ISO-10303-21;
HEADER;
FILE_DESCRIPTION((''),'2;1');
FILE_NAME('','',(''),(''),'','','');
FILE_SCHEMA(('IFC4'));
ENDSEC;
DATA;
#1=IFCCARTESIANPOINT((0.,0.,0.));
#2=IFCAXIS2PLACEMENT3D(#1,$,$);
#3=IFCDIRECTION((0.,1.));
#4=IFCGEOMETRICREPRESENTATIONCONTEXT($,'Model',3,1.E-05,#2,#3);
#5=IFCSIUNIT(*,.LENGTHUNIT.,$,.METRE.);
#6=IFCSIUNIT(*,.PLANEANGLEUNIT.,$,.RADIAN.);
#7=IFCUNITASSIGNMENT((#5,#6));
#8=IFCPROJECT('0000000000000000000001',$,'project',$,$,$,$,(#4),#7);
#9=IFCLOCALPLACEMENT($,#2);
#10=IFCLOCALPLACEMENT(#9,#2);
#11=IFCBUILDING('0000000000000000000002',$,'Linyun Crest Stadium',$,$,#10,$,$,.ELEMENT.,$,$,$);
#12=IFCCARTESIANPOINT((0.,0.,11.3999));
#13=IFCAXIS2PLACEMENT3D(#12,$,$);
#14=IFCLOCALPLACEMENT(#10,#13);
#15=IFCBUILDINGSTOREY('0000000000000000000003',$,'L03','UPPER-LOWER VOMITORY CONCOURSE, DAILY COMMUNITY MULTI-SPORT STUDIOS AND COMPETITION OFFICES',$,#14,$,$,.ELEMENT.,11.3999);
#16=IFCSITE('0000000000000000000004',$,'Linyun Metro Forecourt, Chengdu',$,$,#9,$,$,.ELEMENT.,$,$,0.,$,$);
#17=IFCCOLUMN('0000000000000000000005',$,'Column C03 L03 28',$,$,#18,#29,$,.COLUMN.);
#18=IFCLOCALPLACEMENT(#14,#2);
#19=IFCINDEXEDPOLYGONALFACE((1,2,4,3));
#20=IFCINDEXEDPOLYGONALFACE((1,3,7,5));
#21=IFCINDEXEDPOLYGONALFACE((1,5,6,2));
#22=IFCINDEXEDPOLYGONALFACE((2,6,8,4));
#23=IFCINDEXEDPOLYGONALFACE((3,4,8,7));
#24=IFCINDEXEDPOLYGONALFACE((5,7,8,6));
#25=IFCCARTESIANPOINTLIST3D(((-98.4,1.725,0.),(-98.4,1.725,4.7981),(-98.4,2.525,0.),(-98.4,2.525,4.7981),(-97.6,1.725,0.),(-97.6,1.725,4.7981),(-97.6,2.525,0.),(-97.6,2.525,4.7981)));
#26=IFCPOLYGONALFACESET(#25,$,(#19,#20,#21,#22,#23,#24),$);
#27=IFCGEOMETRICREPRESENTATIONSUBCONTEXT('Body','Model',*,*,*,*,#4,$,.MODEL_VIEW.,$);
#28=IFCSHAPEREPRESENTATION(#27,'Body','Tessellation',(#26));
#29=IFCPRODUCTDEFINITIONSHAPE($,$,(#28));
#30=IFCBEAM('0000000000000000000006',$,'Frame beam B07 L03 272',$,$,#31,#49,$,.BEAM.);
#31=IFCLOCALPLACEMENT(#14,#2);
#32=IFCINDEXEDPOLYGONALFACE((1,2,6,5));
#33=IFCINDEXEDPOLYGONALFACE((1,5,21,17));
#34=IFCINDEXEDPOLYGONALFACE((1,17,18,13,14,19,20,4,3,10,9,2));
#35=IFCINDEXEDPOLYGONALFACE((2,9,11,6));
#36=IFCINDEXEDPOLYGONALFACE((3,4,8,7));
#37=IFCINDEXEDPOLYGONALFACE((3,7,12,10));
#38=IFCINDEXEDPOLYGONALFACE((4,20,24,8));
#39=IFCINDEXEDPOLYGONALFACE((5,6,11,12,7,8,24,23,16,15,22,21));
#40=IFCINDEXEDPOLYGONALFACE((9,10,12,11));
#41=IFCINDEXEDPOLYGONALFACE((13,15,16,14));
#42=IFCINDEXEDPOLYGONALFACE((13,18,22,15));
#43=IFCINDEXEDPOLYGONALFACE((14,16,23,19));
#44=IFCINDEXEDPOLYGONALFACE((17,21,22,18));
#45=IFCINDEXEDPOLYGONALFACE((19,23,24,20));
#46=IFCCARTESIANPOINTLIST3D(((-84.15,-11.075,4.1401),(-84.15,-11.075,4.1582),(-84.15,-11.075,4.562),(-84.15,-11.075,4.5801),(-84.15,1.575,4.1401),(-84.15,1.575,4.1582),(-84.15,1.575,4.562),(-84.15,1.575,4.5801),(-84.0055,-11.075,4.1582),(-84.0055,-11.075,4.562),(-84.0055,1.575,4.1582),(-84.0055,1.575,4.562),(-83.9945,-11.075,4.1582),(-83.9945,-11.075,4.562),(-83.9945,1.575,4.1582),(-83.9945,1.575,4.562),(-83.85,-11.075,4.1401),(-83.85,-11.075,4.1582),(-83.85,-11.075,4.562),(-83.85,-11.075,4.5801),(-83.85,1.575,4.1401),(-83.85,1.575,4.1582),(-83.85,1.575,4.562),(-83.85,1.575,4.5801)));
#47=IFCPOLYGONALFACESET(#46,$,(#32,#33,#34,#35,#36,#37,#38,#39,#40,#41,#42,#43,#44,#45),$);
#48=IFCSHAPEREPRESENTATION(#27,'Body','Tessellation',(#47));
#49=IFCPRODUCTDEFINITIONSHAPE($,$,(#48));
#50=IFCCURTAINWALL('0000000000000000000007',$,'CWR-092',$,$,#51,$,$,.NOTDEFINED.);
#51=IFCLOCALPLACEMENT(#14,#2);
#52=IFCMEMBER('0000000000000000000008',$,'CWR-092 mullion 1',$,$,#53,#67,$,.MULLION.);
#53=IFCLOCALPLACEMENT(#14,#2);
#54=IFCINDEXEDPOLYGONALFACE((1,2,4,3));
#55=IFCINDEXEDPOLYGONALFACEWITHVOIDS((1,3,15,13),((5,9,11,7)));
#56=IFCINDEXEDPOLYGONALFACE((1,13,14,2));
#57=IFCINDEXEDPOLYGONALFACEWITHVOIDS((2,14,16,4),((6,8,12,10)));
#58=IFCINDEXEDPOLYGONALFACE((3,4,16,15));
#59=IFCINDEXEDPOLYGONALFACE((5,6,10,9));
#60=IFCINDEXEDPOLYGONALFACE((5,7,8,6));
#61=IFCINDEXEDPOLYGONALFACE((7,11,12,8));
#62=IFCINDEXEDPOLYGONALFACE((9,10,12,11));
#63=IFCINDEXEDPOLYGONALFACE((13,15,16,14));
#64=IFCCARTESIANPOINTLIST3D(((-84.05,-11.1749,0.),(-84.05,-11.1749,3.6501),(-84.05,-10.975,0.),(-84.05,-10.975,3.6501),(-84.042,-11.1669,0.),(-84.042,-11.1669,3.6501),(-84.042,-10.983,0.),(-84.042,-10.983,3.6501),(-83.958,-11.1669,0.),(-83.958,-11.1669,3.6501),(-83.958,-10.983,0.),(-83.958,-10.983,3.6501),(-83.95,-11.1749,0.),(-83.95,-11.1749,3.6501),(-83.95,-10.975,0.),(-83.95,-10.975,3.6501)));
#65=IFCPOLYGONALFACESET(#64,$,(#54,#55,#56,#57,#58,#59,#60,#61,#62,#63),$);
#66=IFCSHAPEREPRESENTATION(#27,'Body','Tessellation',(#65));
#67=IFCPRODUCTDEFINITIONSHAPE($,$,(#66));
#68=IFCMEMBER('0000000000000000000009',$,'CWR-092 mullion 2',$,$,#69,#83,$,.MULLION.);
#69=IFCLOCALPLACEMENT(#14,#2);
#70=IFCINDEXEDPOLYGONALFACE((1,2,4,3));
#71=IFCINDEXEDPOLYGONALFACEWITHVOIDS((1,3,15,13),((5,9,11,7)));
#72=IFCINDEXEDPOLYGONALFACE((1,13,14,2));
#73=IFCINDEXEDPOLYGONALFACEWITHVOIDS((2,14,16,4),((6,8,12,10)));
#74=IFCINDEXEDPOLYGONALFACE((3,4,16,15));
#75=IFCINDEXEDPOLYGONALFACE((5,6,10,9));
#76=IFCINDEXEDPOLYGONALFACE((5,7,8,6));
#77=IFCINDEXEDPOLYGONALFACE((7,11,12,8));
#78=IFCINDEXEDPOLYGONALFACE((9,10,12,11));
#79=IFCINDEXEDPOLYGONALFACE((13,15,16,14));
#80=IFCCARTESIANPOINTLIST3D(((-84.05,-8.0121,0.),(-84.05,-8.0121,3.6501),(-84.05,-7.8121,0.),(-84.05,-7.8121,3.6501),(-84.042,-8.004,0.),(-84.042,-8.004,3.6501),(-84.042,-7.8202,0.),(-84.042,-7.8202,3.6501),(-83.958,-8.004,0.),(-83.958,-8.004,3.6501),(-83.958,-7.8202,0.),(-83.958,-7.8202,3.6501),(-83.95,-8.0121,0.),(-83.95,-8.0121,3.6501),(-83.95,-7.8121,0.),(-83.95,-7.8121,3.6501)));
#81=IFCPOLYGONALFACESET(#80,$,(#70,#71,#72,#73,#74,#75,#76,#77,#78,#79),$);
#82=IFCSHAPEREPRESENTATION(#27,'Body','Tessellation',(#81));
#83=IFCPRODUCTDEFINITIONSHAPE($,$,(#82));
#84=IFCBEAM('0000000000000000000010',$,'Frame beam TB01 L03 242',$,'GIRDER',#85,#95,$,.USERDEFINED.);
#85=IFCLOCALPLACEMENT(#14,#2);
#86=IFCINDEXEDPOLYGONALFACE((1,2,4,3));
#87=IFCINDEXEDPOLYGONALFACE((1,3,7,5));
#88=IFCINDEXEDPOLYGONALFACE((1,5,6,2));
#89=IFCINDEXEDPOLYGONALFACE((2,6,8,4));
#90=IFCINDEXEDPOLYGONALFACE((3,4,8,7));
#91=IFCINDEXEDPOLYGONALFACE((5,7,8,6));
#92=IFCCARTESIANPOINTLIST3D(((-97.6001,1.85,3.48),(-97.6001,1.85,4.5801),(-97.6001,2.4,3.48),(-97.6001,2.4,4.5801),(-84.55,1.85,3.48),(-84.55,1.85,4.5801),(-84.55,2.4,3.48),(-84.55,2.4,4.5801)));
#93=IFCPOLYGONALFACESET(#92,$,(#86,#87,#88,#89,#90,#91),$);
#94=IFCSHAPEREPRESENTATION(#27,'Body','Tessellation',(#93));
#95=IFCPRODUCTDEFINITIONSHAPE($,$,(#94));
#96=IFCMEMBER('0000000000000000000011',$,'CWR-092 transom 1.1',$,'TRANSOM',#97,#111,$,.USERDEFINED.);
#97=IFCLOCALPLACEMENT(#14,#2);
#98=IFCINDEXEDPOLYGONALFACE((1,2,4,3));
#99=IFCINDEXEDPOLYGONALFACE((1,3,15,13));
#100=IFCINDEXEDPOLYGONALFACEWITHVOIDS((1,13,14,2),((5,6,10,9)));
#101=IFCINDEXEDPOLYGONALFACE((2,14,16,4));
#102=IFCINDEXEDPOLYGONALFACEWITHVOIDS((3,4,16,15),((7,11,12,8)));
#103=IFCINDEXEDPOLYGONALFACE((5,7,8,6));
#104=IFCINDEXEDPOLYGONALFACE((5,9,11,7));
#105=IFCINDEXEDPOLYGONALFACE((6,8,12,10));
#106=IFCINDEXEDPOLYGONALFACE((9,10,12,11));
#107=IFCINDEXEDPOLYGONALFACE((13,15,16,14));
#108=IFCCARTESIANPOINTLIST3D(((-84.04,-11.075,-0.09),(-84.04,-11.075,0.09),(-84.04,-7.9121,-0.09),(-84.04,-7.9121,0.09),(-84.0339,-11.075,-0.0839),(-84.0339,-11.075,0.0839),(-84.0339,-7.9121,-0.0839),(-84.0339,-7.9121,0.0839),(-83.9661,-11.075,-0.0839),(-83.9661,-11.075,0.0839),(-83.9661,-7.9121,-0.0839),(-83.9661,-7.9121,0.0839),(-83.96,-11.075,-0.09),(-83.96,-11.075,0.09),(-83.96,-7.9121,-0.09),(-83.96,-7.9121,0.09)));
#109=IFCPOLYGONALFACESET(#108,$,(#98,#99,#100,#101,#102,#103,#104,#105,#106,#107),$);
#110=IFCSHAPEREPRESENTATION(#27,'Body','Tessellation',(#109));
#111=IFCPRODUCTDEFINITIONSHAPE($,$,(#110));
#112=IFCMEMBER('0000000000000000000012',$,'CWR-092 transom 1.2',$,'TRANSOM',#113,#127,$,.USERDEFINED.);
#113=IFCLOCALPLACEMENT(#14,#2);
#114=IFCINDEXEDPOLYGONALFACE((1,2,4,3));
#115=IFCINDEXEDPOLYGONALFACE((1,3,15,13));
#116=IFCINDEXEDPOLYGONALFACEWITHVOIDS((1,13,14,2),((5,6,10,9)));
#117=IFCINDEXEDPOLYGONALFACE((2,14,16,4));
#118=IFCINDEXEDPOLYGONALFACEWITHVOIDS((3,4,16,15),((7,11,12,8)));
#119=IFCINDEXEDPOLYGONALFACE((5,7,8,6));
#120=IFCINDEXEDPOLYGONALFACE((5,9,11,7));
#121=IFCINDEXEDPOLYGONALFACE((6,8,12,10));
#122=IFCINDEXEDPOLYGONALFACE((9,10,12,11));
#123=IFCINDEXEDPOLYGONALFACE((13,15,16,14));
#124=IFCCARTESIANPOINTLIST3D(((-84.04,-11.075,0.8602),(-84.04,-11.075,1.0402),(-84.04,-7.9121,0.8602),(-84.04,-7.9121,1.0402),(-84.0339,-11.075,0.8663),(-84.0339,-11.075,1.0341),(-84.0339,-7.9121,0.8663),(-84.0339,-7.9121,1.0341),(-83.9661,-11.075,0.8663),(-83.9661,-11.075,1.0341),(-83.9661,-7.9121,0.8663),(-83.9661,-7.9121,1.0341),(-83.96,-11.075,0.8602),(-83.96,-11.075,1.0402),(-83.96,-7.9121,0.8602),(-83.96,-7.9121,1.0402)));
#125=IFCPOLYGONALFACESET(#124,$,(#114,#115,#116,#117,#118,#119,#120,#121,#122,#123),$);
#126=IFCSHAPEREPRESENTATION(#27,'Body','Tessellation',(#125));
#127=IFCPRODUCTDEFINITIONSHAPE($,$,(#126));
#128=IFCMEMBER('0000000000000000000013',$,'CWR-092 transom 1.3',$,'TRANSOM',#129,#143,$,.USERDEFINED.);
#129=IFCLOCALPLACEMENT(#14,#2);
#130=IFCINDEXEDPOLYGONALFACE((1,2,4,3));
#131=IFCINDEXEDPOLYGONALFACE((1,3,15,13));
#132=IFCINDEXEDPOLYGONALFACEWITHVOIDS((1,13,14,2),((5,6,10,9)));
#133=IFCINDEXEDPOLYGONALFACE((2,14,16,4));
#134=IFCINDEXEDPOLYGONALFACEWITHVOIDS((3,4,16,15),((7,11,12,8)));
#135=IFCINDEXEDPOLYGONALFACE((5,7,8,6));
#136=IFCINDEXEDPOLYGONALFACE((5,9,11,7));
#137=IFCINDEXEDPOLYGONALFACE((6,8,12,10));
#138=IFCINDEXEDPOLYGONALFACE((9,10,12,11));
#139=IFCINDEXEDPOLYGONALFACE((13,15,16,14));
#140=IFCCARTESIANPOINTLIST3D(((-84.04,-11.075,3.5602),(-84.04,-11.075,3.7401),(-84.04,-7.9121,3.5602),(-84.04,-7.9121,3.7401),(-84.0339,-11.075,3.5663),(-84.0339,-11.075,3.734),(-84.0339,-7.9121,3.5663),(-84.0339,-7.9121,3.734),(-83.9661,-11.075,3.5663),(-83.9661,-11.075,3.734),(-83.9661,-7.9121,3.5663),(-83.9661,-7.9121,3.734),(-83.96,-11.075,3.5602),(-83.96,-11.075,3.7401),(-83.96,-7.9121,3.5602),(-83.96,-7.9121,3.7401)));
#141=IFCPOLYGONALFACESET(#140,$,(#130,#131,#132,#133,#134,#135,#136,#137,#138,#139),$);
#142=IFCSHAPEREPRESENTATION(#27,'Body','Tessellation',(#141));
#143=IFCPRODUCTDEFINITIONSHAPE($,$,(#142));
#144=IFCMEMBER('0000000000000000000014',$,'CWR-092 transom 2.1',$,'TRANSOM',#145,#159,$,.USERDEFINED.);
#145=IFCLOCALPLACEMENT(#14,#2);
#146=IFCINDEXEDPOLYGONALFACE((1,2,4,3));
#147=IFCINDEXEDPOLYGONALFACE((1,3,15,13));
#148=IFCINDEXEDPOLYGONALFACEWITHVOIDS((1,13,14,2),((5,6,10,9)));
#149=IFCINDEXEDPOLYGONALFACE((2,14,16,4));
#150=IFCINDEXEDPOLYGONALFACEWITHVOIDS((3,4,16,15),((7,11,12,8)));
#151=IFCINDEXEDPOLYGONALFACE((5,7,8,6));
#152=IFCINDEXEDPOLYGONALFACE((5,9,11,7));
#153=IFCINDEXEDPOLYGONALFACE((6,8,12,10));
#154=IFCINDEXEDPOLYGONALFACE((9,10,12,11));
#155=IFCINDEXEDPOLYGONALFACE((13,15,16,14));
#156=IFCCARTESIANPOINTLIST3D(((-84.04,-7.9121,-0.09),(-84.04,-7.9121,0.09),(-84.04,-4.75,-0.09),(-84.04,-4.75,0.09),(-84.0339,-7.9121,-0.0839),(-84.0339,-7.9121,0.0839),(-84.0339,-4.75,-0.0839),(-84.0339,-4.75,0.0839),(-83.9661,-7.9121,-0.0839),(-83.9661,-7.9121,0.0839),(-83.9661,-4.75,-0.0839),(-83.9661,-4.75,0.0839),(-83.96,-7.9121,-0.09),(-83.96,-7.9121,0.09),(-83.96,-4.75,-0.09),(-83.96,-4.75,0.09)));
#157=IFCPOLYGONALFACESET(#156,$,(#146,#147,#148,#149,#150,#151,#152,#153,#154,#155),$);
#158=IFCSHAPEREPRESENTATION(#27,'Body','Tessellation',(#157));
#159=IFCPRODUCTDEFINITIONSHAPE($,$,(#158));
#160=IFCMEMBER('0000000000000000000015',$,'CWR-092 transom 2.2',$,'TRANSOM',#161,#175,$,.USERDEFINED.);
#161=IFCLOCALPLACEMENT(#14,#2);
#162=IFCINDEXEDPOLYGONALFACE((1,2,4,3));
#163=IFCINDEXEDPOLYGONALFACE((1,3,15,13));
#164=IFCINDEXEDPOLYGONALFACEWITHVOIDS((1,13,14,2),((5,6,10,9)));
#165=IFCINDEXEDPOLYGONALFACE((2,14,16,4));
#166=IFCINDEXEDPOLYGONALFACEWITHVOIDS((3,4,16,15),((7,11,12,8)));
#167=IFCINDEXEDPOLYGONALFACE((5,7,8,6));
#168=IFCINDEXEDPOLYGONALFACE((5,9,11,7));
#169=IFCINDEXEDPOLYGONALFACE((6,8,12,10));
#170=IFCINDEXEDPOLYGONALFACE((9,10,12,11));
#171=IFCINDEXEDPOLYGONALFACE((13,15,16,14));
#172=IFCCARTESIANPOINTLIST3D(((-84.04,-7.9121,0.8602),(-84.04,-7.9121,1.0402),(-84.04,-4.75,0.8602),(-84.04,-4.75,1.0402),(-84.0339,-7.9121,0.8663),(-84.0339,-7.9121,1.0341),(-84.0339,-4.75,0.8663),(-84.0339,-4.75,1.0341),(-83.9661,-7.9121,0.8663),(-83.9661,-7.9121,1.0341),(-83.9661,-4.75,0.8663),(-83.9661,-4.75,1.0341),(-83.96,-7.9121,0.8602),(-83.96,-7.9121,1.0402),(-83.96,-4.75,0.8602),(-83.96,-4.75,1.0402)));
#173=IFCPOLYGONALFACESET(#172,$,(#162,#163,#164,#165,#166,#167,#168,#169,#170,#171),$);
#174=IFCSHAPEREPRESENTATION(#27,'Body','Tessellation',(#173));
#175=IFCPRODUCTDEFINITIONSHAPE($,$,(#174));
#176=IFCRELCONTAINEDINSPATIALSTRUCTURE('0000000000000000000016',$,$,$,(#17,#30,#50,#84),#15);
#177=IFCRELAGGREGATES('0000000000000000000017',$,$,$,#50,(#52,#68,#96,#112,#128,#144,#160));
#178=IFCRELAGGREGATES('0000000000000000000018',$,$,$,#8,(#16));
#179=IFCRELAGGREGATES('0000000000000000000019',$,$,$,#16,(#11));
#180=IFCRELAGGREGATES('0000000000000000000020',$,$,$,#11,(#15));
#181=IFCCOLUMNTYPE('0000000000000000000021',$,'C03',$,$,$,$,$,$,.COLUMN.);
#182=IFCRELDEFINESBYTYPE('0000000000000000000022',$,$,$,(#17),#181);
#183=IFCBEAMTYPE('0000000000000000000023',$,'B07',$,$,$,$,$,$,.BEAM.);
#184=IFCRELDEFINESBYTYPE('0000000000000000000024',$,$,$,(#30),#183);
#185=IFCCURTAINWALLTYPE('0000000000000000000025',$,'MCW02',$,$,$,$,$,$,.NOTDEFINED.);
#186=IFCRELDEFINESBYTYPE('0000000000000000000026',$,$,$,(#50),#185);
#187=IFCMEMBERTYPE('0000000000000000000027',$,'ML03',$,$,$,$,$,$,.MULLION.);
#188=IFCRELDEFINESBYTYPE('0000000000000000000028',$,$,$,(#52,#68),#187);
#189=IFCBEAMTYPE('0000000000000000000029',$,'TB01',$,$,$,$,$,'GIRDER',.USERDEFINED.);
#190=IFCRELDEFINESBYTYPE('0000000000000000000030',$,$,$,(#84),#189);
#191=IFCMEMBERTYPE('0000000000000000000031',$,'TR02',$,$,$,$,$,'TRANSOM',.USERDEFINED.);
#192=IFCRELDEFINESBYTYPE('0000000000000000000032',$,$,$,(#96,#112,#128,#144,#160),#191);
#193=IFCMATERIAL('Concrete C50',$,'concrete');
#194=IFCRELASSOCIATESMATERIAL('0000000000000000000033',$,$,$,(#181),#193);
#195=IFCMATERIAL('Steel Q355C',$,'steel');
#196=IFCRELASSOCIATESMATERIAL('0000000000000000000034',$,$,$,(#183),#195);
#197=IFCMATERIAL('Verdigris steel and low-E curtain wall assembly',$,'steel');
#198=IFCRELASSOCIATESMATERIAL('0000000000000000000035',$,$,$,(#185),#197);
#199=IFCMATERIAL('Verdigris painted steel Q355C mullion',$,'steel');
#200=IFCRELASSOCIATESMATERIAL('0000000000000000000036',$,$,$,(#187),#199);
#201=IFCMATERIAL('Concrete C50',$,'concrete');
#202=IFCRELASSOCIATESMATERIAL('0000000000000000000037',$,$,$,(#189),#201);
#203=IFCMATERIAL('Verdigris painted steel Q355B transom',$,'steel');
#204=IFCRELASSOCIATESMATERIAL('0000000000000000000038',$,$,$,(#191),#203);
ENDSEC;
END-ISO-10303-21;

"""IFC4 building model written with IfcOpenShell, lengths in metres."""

from ifc_helpers import new_model, si_unit, direction, frame, origin, origin_2d, place, context, subcontext, project, spatial, rectangle, hollow_rectangle, i_section, extrude, material, material_profile, profile_set, type_object, element, aggregate, save


model = new_model("IFC4")

# Units and contexts
model_context = context("Model", 3, precision=1e-05, world=origin(), true_north=direction((0.0, 1.0)))
body_context = subcontext(model_context, "Body", "Model", "MODEL_VIEW")
ifc_project = project(units=[si_unit("LENGTHUNIT", "METRE"), si_unit("PLANEANGLEUNIT", "RADIAN")], contexts=[model_context])

# Site, building, storey
site_placement = place(None, origin())
site = spatial("IfcSite", under=ifc_project, at=site_placement, Name="Linyun Metro Forecourt, Chengdu", CompositionType="ELEMENT", RefElevation=0.0)
building_placement = place(site_placement, origin())
building = spatial("IfcBuilding", under=site, at=building_placement, Name="Linyun Crest Stadium", CompositionType="ELEMENT")
storey_placement = place(building_placement, frame((0.0, 0.0, 11.3999)))
storey = spatial("IfcBuildingStorey", under=building, at=storey_placement, Name="L03", Description="UPPER-LOWER VOMITORY CONCOURSE, DAILY COMMUNITY MULTI-SPORT STUDIOS AND COMPETITION OFFICES", CompositionType="ELEMENT", Elevation=11.3999)

# Column
ifc_material_1 = material(Name="Concrete C50", Category="concrete")
ifc_material_profile_1 = material_profile(ifc_material_1, rectangle(XDim=0.8, YDim=0.8, at=origin_2d()), Name="RC 800x800")
ifc_profile_set_1 = profile_set([ifc_material_profile_1], Name="Concrete C50")
column_type = type_object("IfcColumnType", Name="C03", PredefinedType="COLUMN", material=ifc_profile_set_1)
column_placement = place(storey_placement, frame((-98.0, 2.125, 0.0), z_axis=(0.0, 0.0, 1.0), x_axis=(1.0, 0.0, 0.0)))
element("IfcColumn", 1, at=column_placement, inside=storey, type_object=column_type, Name="Column C03 L03 28", PredefinedType="COLUMN", context=body_context, shape_type="SweptSolid", body=[
    extrude(rectangle(XDim=0.8, YDim=0.8, at=origin_2d()), origin(), (0.0, 0.0, 1.0), 4.7981),
])

# Beam
ifc_material_2 = material(Name="Steel Q355C", Category="steel")
ifc_material_profile_2 = material_profile(ifc_material_2, i_section(OverallWidth=0.3, OverallDepth=0.4399, WebThickness=0.011, FlangeThickness=0.0181, at=origin_2d()), Name="HM 440x300")
ifc_profile_set_2 = profile_set([ifc_material_profile_2], Name="Steel Q355C")
beam_type_1 = type_object("IfcBeamType", Name="B07", PredefinedType="BEAM", material=ifc_profile_set_2)
beam_1_placement = place(storey_placement, frame((-84.0, -11.075, 4.3601), z_axis=(0.0, 1.0, 0.0), x_axis=(-1.0, 0.0, 0.0)))
element("IfcBeam", 2, at=beam_1_placement, inside=storey, type_object=beam_type_1, Name="Frame beam B07 L03 272", PredefinedType="BEAM", context=body_context, shape_type="SweptSolid", body=[
    extrude(i_section(OverallWidth=0.3, OverallDepth=0.4399, WebThickness=0.011, FlangeThickness=0.0181, at=origin_2d()), origin(), (0.0, 0.0, 1.0), 12.6499),
])

# Curtain wall, members
ifc_material_3 = material(Name="Verdigris steel and low-E curtain wall assembly", Category="steel")
curtain_wall_type = type_object("IfcCurtainWallType", Name="MCW02", PredefinedType="NOTDEFINED", material=ifc_material_3)
curtain_wall_placement = place(storey_placement, origin())
curtain_wall = element("IfcCurtainWall", 3, at=curtain_wall_placement, inside=storey, type_object=curtain_wall_type, Name="CWR-092", PredefinedType="NOTDEFINED")
ifc_material_4 = material(Name="Verdigris painted steel Q355C mullion", Category="steel")
ifc_material_profile_3 = material_profile(ifc_material_4, hollow_rectangle(XDim=0.1001, YDim=0.2, WallThickness=0.0081, at=origin_2d()), Name="RHS 200x100x8")
ifc_profile_set_3 = profile_set([ifc_material_profile_3], Name="Verdigris painted steel Q355C mullion")
member_type_1 = type_object("IfcMemberType", Name="ML03", PredefinedType="MULLION", material=ifc_profile_set_3)
member_1_placement = place(storey_placement, frame((-84.0, -11.075, 0.0), z_axis=(0.0, 0.0, 1.0), x_axis=(-1.0, 0.0, 0.0)))
member_1 = element("IfcMember", 4, at=member_1_placement, type_object=member_type_1, Name="CWR-092 mullion 1", PredefinedType="MULLION", context=body_context, shape_type="SweptSolid", body=[
    extrude(hollow_rectangle(XDim=0.1001, YDim=0.2, WallThickness=0.0081, at=origin_2d()), origin(), (0.0, 0.0, 1.0), 3.6501),
])
member_2_placement = place(storey_placement, frame((-84.0, -7.9121, 0.0), z_axis=(0.0, 0.0, 1.0), x_axis=(-1.0, 0.0, 0.0)))
member_2 = element("IfcMember", 5, at=member_2_placement, type_object=member_type_1, Name="CWR-092 mullion 2", PredefinedType="MULLION", context=body_context, shape_type="SweptSolid", body=[
    extrude(hollow_rectangle(XDim=0.1001, YDim=0.2, WallThickness=0.0081, at=origin_2d()), origin(), (0.0, 0.0, 1.0), 3.6501),
])

# Beam
ifc_material_5 = material(Name="Concrete C50", Category="concrete")
ifc_material_profile_4 = material_profile(ifc_material_5, rectangle(XDim=0.55, YDim=1.1001, at=origin_2d()), Name="RCB 1100x550")
ifc_profile_set_4 = profile_set([ifc_material_profile_4], Name="Concrete C50")
beam_type_2 = type_object("IfcBeamType", Name="TB01", ElementType="GIRDER", PredefinedType="USERDEFINED", material=ifc_profile_set_4)
beam_2_placement = place(storey_placement, frame((-97.6001, 2.125, 4.03), z_axis=(1.0, 0.0, 0.0), x_axis=(0.0, 1.0, 0.0)))
element("IfcBeam", 6, at=beam_2_placement, inside=storey, type_object=beam_type_2, Name="Frame beam TB01 L03 242", ObjectType="GIRDER", PredefinedType="USERDEFINED", context=body_context, shape_type="SweptSolid", body=[
    extrude(rectangle(XDim=0.55, YDim=1.1001, at=origin_2d()), origin(), (0.0, 0.0, 1.0), 13.05),
])

# Members
ifc_material_6 = material(Name="Verdigris painted steel Q355B transom", Category="steel")
ifc_material_profile_5 = material_profile(ifc_material_6, hollow_rectangle(XDim=0.0801, YDim=0.1799, WallThickness=0.0061, at=origin_2d()), Name="RHS 180x80x6")
ifc_profile_set_5 = profile_set([ifc_material_profile_5], Name="Verdigris painted steel Q355B transom")
member_type_2 = type_object("IfcMemberType", Name="TR02", ElementType="TRANSOM", PredefinedType="USERDEFINED", material=ifc_profile_set_5)
member_3_placement = place(storey_placement, frame((-84.0, -11.075, 0.0), z_axis=(0.0, 1.0, 0.0), x_axis=(-1.0, 0.0, 0.0)))
member_3 = element("IfcMember", 7, at=member_3_placement, type_object=member_type_2, Name="CWR-092 transom 1.1", ObjectType="TRANSOM", PredefinedType="USERDEFINED", context=body_context, shape_type="SweptSolid", body=[
    extrude(hollow_rectangle(XDim=0.0801, YDim=0.1799, WallThickness=0.0061, at=origin_2d()), origin(), (0.0, 0.0, 1.0), 3.1628),
])
member_4_placement = place(storey_placement, frame((-84.0, -11.075, 0.9502), z_axis=(0.0, 1.0, 0.0), x_axis=(-1.0, 0.0, 0.0)))
member_4 = element("IfcMember", 8, at=member_4_placement, type_object=member_type_2, Name="CWR-092 transom 1.2", ObjectType="TRANSOM", PredefinedType="USERDEFINED", context=body_context, shape_type="SweptSolid", body=[
    extrude(hollow_rectangle(XDim=0.0801, YDim=0.1799, WallThickness=0.0061, at=origin_2d()), origin(), (0.0, 0.0, 1.0), 3.1628),
])
member_5_placement = place(storey_placement, frame((-84.0, -11.075, 3.6501), z_axis=(0.0, 1.0, 0.0), x_axis=(-1.0, 0.0, 0.0)))
member_5 = element("IfcMember", 9, at=member_5_placement, type_object=member_type_2, Name="CWR-092 transom 1.3", ObjectType="TRANSOM", PredefinedType="USERDEFINED", context=body_context, shape_type="SweptSolid", body=[
    extrude(hollow_rectangle(XDim=0.0801, YDim=0.1799, WallThickness=0.0061, at=origin_2d()), origin(), (0.0, 0.0, 1.0), 3.1628),
])
member_6_placement = place(storey_placement, frame((-84.0, -7.9121, 0.0), z_axis=(0.0, 1.0, 0.0), x_axis=(-1.0, 0.0, 0.0)))
member_6 = element("IfcMember", 10, at=member_6_placement, type_object=member_type_2, Name="CWR-092 transom 2.1", ObjectType="TRANSOM", PredefinedType="USERDEFINED", context=body_context, shape_type="SweptSolid", body=[
    extrude(hollow_rectangle(XDim=0.0801, YDim=0.1799, WallThickness=0.0061, at=origin_2d()), origin(), (0.0, 0.0, 1.0), 3.1621),
])
member_7_placement = place(storey_placement, frame((-84.0, -7.9121, 0.9502), z_axis=(0.0, 1.0, 0.0), x_axis=(-1.0, 0.0, 0.0)))
member_7 = element("IfcMember", 11, at=member_7_placement, type_object=member_type_2, Name="CWR-092 transom 2.2", ObjectType="TRANSOM", PredefinedType="USERDEFINED", context=body_context, shape_type="SweptSolid", body=[
    extrude(hollow_rectangle(XDim=0.0801, YDim=0.1799, WallThickness=0.0061, at=origin_2d()), origin(), (0.0, 0.0, 1.0), 3.1621),
])

aggregate(curtain_wall, [member_1, member_2, member_3, member_4, member_5, member_6, member_7])

save(model, "model.ifc")
